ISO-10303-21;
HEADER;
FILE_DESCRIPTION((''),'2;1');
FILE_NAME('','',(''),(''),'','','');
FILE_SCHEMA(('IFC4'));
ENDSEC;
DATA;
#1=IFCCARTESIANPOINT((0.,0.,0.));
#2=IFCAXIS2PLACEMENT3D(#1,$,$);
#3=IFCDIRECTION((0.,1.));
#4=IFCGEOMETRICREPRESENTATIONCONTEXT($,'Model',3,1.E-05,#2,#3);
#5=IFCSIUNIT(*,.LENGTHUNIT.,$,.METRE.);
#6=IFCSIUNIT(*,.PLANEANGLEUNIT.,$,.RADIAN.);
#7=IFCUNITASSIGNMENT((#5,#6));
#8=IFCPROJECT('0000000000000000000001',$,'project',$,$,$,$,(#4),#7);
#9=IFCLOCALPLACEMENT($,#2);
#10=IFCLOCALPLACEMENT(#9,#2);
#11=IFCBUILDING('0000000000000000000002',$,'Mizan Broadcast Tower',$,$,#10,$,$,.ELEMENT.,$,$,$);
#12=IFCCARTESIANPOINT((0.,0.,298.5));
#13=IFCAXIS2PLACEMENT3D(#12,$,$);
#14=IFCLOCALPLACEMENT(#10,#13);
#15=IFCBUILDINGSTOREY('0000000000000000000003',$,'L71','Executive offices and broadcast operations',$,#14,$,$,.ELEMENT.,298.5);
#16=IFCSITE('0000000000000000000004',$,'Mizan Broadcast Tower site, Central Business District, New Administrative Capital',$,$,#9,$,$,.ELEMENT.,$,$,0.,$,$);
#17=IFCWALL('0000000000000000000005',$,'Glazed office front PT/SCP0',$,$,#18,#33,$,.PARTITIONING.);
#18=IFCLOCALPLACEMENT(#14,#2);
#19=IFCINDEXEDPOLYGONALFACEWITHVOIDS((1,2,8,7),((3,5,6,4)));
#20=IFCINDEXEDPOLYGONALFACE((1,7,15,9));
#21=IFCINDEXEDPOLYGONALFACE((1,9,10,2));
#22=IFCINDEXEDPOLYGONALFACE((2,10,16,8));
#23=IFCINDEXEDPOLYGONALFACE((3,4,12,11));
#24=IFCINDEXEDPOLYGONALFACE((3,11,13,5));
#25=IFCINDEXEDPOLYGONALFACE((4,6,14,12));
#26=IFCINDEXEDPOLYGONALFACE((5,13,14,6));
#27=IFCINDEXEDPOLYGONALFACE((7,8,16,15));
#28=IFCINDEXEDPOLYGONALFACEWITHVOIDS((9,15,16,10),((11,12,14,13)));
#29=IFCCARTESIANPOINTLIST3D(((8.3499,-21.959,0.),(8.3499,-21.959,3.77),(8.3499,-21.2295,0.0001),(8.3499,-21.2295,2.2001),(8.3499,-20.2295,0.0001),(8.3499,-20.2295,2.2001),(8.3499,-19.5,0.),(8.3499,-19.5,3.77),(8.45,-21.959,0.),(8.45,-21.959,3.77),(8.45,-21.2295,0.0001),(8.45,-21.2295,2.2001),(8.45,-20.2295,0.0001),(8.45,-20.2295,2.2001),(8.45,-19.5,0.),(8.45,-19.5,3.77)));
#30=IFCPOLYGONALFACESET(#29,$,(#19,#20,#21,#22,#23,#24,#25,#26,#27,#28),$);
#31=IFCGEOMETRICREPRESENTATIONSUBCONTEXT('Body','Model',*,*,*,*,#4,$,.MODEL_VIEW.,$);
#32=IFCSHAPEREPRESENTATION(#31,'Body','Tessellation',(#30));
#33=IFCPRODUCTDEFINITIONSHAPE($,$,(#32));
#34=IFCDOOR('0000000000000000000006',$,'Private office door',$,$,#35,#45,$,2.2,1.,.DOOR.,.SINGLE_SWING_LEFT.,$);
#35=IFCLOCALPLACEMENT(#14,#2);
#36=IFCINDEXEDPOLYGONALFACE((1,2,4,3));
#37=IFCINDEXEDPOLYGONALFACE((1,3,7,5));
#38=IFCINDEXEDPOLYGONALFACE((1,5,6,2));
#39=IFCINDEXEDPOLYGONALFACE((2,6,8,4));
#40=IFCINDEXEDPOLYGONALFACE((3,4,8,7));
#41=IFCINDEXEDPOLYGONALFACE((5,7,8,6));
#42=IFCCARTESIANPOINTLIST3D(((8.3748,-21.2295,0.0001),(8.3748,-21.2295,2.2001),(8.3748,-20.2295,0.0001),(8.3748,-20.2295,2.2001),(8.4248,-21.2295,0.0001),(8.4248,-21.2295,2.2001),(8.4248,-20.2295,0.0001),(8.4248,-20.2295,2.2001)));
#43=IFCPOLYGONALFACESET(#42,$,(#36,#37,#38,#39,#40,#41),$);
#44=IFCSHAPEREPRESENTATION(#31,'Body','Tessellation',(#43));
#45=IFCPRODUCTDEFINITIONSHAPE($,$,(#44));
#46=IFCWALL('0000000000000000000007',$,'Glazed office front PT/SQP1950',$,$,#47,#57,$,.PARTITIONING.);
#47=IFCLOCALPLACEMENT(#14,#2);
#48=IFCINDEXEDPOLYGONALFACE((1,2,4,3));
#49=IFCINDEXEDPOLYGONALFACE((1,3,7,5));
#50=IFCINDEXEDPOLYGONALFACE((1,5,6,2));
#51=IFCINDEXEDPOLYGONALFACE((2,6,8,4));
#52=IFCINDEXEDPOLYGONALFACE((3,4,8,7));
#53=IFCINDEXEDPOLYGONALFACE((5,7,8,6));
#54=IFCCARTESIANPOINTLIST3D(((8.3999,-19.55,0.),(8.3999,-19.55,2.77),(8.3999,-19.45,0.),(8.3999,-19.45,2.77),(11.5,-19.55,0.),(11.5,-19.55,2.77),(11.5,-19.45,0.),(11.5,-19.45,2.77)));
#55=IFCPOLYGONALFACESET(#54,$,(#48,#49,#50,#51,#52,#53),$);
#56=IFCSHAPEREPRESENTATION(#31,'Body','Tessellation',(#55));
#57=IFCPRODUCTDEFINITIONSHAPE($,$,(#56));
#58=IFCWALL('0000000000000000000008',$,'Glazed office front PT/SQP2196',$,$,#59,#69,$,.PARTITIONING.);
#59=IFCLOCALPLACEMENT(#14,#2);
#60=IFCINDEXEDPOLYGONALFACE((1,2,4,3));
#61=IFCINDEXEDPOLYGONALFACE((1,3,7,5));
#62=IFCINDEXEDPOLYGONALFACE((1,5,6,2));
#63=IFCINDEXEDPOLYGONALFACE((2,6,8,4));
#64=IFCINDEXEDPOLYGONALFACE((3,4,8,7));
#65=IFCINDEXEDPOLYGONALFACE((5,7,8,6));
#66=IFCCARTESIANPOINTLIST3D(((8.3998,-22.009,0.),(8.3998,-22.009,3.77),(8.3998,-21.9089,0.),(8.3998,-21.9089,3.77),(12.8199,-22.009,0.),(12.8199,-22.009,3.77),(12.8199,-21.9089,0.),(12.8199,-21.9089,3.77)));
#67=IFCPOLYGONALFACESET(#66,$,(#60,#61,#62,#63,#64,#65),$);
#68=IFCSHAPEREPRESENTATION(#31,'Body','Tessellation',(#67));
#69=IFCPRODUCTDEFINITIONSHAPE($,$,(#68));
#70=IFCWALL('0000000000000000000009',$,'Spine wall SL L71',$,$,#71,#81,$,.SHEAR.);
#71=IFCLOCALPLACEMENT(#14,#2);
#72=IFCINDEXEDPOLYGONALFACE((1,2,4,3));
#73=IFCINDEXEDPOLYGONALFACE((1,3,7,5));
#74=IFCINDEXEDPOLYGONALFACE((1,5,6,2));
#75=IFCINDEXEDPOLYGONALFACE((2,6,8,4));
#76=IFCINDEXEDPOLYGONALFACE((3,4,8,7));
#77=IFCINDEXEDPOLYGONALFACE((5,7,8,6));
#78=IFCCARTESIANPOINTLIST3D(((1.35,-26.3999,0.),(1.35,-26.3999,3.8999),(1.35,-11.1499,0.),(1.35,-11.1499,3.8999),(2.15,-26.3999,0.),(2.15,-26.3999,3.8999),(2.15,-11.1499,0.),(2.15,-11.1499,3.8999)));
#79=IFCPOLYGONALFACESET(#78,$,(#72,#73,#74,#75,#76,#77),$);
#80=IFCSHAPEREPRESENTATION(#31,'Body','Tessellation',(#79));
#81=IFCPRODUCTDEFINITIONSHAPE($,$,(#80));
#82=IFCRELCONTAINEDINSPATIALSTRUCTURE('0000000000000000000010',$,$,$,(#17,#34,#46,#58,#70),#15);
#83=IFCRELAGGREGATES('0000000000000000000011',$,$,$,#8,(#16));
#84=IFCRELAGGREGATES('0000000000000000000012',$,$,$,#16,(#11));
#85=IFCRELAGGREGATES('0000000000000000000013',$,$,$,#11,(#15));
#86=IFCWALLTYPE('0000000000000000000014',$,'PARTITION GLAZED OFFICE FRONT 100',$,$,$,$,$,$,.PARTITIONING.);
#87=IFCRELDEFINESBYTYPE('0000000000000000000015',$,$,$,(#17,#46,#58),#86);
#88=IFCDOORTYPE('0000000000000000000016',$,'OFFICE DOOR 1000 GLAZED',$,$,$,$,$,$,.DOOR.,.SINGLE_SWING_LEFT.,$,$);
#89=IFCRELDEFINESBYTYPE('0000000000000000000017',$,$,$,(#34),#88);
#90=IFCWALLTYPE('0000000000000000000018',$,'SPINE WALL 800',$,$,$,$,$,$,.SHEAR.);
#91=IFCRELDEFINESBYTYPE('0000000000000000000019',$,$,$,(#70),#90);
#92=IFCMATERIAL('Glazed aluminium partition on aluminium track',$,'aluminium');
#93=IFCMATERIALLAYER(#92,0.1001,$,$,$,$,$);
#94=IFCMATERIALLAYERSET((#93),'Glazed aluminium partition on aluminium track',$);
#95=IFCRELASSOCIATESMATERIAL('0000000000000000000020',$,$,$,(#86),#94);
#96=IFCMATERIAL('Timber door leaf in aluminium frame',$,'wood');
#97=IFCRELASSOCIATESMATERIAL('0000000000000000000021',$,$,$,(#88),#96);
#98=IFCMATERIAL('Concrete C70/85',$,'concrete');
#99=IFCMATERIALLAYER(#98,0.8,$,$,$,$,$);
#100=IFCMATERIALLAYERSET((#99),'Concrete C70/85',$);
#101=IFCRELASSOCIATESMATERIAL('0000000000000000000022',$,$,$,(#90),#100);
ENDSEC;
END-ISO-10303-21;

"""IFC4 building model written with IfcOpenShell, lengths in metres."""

from ifc_helpers import new_model, si_unit, direction, frame, frame_2d, origin, place, context, subcontext, project, spatial, rectangle, extrude, material, layer, layer_set, type_object, element, fill, save


model = new_model("IFC4")

# Units and contexts
model_context = context("Model", 3, precision=1e-05, world=origin(), true_north=direction((0.0, 1.0)))
body_context = subcontext(model_context, "Body", "Model", "MODEL_VIEW")
ifc_project = project(units=[si_unit("LENGTHUNIT", "METRE"), si_unit("PLANEANGLEUNIT", "RADIAN")], contexts=[model_context])

# Site, building, storey
site_placement = place(None, origin())
site = spatial("IfcSite", under=ifc_project, at=site_placement, Name="Mizan Broadcast Tower site, Central Business District, New Administrative Capital", CompositionType="ELEMENT", RefElevation=0.0)
building_placement = place(site_placement, origin())
building = spatial("IfcBuilding", under=site, at=building_placement, Name="Mizan Broadcast Tower", CompositionType="ELEMENT")
storey_placement = place(building_placement, frame((0.0, 0.0, 298.5)))
storey = spatial("IfcBuildingStorey", under=building, at=storey_placement, Name="L71", Description="Executive offices and broadcast operations", CompositionType="ELEMENT", Elevation=298.5)

# Wall, opening, door
ifc_material_1 = material(Name="Glazed aluminium partition on aluminium track", Category="aluminium")
ifc_layer_1 = layer(ifc_material_1, 0.1001)
ifc_layer_set_1 = layer_set([ifc_layer_1], Name="Glazed aluminium partition on aluminium track")
wall_type_1 = type_object("IfcWallType", Name="PARTITION GLAZED OFFICE FRONT 100", PredefinedType="PARTITIONING", material=ifc_layer_set_1)
wall_1_placement = place(storey_placement, frame((8.3999, -19.5, 0.0), z_axis=(0.0, 0.0, 1.0), x_axis=(0.0, -1.0, 0.0)))
wall_1 = element("IfcWall", 1, at=wall_1_placement, inside=storey, type_object=wall_type_1, Name="Glazed office front PT/SCP0", PredefinedType="PARTITIONING", context=body_context, shape_type="SweptSolid", body=[
    extrude(rectangle(XDim=2.459, YDim=0.1001, at=frame_2d((1.2295, 0.0))), origin(), (0.0, 0.0, 1.0), 3.77),
])
opening_1_placement = place(wall_1_placement, frame((0.7295, 0.0, 0.0)))
opening_1 = element("IfcOpeningElement", 2, at=opening_1_placement, cuts=wall_1, PredefinedType="OPENING", context=body_context, shape_type="SweptSolid", body=[
    extrude(rectangle(XDim=1.0, YDim=2.2, at=frame_2d((0.5, 1.1001))), frame((0.0, 0.0601, 0.0), z_axis=(0.0, -1.0, 0.0), x_axis=(1.0, 0.0, 0.0)), (0.0, 0.0, 1.0), 0.1201),
])
ifc_material_2 = material(Name="Timber door leaf in aluminium frame", Category="wood")
door_type_1 = type_object("IfcDoorType", Name="OFFICE DOOR 1000 GLAZED", OperationType="SINGLE_SWING_LEFT", PredefinedType="DOOR", material=ifc_material_2)
door_1_placement = place(opening_1_placement, origin())
door_1 = element("IfcDoor", 3, at=door_1_placement, inside=storey, type_object=door_type_1, Name="Private office door", OperationType="SINGLE_SWING_LEFT", OverallHeight=2.2, OverallWidth=1.0, PredefinedType="DOOR", context=body_context, shape_type="SweptSolid", body=[
    extrude(rectangle(XDim=1.0, YDim=2.2, at=frame_2d((0.5, 1.1001))), frame((0.0, 0.0249, 0.0), z_axis=(0.0, -1.0, 0.0), x_axis=(1.0, 0.0, 0.0)), (0.0, 0.0, 1.0), 0.05),
])
fill(opening_1, door_1)

# Walls
wall_2_placement = place(storey_placement, frame((8.3999, -19.5, 0.0), z_axis=(0.0, 0.0, 1.0), x_axis=(1.0, 0.0, 0.0)))
element("IfcWall", 4, at=wall_2_placement, inside=storey, type_object=wall_type_1, Name="Glazed office front PT/SQP1950", PredefinedType="PARTITIONING", context=body_context, shape_type="SweptSolid", body=[
    extrude(rectangle(XDim=3.1001, YDim=0.1001, at=frame_2d((1.55, 0.0))), origin(), (0.0, 0.0, 1.0), 2.77),
])
wall_3_placement = place(storey_placement, frame((8.3999, -21.959, 0.0), z_axis=(0.0, 0.0, 1.0), x_axis=(1.0, 0.0, 0.0)))
element("IfcWall", 5, at=wall_3_placement, inside=storey, type_object=wall_type_1, Name="Glazed office front PT/SQP2196", PredefinedType="PARTITIONING", context=body_context, shape_type="SweptSolid", body=[
    extrude(rectangle(XDim=4.4202, YDim=0.1001, at=frame_2d((2.21, 0.0))), origin(), (0.0, 0.0, 1.0), 3.77),
])
ifc_material_3 = material(Name="Concrete C70/85", Category="concrete")
ifc_layer_2 = layer(ifc_material_3, 0.8)
ifc_layer_set_2 = layer_set([ifc_layer_2], Name="Concrete C70/85")
wall_type_2 = type_object("IfcWallType", Name="SPINE WALL 800", PredefinedType="SHEAR", material=ifc_layer_set_2)
wall_4_placement = place(storey_placement, frame((1.75, -11.1499, 0.0), z_axis=(0.0, 0.0, 1.0), x_axis=(0.0, -1.0, 0.0)))
element("IfcWall", 6, at=wall_4_placement, inside=storey, type_object=wall_type_2, Name="Spine wall SL L71", PredefinedType="SHEAR", context=body_context, shape_type="SweptSolid", body=[
    extrude(rectangle(XDim=15.25, YDim=0.8, at=frame_2d((7.625, 0.0))), origin(), (0.0, 0.0, 1.0), 3.8999),
])

save(model, "model.ifc")
